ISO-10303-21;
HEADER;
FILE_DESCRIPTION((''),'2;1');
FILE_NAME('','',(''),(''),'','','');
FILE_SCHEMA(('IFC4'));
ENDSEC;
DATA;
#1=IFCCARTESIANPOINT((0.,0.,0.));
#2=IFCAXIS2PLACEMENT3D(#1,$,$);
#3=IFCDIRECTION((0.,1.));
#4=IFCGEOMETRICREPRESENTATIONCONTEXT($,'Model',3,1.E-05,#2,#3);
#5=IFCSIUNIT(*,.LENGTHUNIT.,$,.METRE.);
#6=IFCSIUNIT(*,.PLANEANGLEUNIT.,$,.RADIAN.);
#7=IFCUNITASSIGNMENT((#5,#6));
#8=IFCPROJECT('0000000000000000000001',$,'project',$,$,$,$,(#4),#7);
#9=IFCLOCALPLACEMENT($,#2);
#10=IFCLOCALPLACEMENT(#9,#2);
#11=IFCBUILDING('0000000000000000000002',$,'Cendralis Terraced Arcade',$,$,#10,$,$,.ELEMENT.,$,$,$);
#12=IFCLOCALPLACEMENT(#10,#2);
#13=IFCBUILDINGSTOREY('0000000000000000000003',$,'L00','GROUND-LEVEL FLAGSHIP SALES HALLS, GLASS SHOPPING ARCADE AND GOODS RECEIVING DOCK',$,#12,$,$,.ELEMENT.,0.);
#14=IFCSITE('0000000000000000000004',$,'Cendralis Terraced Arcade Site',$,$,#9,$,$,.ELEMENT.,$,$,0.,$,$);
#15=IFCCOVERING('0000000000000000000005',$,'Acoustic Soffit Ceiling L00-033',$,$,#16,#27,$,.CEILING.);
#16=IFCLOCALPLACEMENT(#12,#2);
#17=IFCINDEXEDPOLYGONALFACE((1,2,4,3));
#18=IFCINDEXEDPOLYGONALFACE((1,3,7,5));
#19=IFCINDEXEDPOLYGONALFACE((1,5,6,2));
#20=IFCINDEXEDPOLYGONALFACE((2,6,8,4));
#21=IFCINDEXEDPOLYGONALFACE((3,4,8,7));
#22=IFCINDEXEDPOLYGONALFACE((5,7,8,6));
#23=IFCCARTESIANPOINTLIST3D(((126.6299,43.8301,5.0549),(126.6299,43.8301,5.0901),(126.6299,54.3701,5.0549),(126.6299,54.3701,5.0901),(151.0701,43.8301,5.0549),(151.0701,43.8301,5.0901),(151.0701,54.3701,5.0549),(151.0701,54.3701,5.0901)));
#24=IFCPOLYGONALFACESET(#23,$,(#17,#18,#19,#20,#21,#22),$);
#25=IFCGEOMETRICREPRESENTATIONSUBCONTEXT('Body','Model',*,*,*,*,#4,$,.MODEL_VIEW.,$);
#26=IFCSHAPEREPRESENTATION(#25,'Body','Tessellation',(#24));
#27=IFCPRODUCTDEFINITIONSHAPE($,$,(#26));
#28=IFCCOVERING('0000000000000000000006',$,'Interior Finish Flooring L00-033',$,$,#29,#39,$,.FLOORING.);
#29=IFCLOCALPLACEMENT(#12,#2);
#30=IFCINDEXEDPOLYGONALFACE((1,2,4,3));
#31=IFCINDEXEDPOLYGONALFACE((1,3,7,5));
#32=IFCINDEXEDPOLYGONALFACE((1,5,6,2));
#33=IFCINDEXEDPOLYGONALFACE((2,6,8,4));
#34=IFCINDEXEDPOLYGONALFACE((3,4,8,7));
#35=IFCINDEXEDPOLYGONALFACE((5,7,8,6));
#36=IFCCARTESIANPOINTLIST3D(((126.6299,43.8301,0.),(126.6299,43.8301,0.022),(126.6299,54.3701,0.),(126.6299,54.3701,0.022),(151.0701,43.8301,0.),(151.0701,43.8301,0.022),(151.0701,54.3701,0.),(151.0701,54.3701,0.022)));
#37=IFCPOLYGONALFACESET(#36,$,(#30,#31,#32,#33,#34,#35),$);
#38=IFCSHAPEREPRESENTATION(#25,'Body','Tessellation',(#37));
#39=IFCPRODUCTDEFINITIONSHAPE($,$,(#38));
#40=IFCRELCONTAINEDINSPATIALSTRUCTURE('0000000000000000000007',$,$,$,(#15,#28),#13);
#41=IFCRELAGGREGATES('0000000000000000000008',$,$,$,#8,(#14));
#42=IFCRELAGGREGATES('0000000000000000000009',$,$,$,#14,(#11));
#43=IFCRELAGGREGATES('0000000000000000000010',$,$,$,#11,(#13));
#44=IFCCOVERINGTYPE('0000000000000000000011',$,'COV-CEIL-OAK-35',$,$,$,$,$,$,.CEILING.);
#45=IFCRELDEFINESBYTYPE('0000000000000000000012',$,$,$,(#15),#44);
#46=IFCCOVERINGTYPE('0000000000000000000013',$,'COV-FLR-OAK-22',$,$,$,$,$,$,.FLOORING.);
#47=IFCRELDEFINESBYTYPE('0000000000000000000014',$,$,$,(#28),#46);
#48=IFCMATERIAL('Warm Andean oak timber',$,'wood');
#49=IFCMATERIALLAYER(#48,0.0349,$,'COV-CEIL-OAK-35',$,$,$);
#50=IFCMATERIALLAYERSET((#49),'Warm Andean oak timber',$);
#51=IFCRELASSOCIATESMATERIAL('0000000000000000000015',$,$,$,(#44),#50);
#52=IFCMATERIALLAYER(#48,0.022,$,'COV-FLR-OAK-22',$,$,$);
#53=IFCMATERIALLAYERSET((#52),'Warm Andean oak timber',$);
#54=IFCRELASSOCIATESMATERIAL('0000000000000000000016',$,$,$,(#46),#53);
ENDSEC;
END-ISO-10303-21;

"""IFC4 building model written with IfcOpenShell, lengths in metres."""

from ifc_helpers import new_model, si_unit, direction, frame, origin, place, context, subcontext, project, spatial, polyline, outline, extrude, material, layer, layer_set, type_object, element, save


model = new_model("IFC4")

# Units and contexts
model_context = context("Model", 3, precision=1e-05, world=origin(), true_north=direction((0.0, 1.0)))
body_context = subcontext(model_context, "Body", "Model", "MODEL_VIEW")
ifc_project = project(units=[si_unit("LENGTHUNIT", "METRE"), si_unit("PLANEANGLEUNIT", "RADIAN")], contexts=[model_context])

# Site, building, storey
site_placement = place(None, origin())
site = spatial("IfcSite", under=ifc_project, at=site_placement, Name="Cendralis Terraced Arcade Site", CompositionType="ELEMENT", RefElevation=0.0)
building_placement = place(site_placement, origin())
building = spatial("IfcBuilding", under=site, at=building_placement, Name="Cendralis Terraced Arcade", CompositionType="ELEMENT")
storey_placement = place(building_placement, origin())
storey = spatial("IfcBuildingStorey", under=building, at=storey_placement, Name="L00", Description="GROUND-LEVEL FLAGSHIP SALES HALLS, GLASS SHOPPING ARCADE AND GOODS RECEIVING DOCK", CompositionType="ELEMENT", Elevation=0.0)

# Coverings
ifc_material_1 = material(Name="Warm Andean oak timber", Category="wood")
ifc_layer_1 = layer(ifc_material_1, 0.0349, Name="COV-CEIL-OAK-35")
ifc_layer_set_1 = layer_set([ifc_layer_1], Name="Warm Andean oak timber")
covering_type_1 = type_object("IfcCoveringType", Name="COV-CEIL-OAK-35", PredefinedType="CEILING", material=ifc_layer_set_1)
covering_1_placement = place(storey_placement, frame((0.0, 0.0, 5.0549)))
element("IfcCovering", 1, at=covering_1_placement, inside=storey, type_object=covering_type_1, Name="Acoustic Soffit Ceiling L00-033", PredefinedType="CEILING", context=body_context, shape_type="SweptSolid", body=[
    extrude(outline(polyline([(151.0701, 43.8301), (126.6299, 43.8301), (126.6299, 54.3701), (151.0701, 54.3701), (151.0701, 43.8301)])), origin(), (0.0, 0.0, 1.0), 0.0352),
])
ifc_layer_2 = layer(ifc_material_1, 0.022, Name="COV-FLR-OAK-22")
ifc_layer_set_2 = layer_set([ifc_layer_2], Name="Warm Andean oak timber")
covering_type_2 = type_object("IfcCoveringType", Name="COV-FLR-OAK-22", PredefinedType="FLOORING", material=ifc_layer_set_2)
covering_2_placement = place(storey_placement, origin())
element("IfcCovering", 2, at=covering_2_placement, inside=storey, type_object=covering_type_2, Name="Interior Finish Flooring L00-033", PredefinedType="FLOORING", context=body_context, shape_type="SweptSolid", body=[
    extrude(outline(polyline([(151.0701, 43.8301), (126.6299, 43.8301), (126.6299, 54.3701), (151.0701, 54.3701), (151.0701, 43.8301)])), origin(), (0.0, 0.0, 1.0), 0.022),
])

save(model, "model.ifc")
